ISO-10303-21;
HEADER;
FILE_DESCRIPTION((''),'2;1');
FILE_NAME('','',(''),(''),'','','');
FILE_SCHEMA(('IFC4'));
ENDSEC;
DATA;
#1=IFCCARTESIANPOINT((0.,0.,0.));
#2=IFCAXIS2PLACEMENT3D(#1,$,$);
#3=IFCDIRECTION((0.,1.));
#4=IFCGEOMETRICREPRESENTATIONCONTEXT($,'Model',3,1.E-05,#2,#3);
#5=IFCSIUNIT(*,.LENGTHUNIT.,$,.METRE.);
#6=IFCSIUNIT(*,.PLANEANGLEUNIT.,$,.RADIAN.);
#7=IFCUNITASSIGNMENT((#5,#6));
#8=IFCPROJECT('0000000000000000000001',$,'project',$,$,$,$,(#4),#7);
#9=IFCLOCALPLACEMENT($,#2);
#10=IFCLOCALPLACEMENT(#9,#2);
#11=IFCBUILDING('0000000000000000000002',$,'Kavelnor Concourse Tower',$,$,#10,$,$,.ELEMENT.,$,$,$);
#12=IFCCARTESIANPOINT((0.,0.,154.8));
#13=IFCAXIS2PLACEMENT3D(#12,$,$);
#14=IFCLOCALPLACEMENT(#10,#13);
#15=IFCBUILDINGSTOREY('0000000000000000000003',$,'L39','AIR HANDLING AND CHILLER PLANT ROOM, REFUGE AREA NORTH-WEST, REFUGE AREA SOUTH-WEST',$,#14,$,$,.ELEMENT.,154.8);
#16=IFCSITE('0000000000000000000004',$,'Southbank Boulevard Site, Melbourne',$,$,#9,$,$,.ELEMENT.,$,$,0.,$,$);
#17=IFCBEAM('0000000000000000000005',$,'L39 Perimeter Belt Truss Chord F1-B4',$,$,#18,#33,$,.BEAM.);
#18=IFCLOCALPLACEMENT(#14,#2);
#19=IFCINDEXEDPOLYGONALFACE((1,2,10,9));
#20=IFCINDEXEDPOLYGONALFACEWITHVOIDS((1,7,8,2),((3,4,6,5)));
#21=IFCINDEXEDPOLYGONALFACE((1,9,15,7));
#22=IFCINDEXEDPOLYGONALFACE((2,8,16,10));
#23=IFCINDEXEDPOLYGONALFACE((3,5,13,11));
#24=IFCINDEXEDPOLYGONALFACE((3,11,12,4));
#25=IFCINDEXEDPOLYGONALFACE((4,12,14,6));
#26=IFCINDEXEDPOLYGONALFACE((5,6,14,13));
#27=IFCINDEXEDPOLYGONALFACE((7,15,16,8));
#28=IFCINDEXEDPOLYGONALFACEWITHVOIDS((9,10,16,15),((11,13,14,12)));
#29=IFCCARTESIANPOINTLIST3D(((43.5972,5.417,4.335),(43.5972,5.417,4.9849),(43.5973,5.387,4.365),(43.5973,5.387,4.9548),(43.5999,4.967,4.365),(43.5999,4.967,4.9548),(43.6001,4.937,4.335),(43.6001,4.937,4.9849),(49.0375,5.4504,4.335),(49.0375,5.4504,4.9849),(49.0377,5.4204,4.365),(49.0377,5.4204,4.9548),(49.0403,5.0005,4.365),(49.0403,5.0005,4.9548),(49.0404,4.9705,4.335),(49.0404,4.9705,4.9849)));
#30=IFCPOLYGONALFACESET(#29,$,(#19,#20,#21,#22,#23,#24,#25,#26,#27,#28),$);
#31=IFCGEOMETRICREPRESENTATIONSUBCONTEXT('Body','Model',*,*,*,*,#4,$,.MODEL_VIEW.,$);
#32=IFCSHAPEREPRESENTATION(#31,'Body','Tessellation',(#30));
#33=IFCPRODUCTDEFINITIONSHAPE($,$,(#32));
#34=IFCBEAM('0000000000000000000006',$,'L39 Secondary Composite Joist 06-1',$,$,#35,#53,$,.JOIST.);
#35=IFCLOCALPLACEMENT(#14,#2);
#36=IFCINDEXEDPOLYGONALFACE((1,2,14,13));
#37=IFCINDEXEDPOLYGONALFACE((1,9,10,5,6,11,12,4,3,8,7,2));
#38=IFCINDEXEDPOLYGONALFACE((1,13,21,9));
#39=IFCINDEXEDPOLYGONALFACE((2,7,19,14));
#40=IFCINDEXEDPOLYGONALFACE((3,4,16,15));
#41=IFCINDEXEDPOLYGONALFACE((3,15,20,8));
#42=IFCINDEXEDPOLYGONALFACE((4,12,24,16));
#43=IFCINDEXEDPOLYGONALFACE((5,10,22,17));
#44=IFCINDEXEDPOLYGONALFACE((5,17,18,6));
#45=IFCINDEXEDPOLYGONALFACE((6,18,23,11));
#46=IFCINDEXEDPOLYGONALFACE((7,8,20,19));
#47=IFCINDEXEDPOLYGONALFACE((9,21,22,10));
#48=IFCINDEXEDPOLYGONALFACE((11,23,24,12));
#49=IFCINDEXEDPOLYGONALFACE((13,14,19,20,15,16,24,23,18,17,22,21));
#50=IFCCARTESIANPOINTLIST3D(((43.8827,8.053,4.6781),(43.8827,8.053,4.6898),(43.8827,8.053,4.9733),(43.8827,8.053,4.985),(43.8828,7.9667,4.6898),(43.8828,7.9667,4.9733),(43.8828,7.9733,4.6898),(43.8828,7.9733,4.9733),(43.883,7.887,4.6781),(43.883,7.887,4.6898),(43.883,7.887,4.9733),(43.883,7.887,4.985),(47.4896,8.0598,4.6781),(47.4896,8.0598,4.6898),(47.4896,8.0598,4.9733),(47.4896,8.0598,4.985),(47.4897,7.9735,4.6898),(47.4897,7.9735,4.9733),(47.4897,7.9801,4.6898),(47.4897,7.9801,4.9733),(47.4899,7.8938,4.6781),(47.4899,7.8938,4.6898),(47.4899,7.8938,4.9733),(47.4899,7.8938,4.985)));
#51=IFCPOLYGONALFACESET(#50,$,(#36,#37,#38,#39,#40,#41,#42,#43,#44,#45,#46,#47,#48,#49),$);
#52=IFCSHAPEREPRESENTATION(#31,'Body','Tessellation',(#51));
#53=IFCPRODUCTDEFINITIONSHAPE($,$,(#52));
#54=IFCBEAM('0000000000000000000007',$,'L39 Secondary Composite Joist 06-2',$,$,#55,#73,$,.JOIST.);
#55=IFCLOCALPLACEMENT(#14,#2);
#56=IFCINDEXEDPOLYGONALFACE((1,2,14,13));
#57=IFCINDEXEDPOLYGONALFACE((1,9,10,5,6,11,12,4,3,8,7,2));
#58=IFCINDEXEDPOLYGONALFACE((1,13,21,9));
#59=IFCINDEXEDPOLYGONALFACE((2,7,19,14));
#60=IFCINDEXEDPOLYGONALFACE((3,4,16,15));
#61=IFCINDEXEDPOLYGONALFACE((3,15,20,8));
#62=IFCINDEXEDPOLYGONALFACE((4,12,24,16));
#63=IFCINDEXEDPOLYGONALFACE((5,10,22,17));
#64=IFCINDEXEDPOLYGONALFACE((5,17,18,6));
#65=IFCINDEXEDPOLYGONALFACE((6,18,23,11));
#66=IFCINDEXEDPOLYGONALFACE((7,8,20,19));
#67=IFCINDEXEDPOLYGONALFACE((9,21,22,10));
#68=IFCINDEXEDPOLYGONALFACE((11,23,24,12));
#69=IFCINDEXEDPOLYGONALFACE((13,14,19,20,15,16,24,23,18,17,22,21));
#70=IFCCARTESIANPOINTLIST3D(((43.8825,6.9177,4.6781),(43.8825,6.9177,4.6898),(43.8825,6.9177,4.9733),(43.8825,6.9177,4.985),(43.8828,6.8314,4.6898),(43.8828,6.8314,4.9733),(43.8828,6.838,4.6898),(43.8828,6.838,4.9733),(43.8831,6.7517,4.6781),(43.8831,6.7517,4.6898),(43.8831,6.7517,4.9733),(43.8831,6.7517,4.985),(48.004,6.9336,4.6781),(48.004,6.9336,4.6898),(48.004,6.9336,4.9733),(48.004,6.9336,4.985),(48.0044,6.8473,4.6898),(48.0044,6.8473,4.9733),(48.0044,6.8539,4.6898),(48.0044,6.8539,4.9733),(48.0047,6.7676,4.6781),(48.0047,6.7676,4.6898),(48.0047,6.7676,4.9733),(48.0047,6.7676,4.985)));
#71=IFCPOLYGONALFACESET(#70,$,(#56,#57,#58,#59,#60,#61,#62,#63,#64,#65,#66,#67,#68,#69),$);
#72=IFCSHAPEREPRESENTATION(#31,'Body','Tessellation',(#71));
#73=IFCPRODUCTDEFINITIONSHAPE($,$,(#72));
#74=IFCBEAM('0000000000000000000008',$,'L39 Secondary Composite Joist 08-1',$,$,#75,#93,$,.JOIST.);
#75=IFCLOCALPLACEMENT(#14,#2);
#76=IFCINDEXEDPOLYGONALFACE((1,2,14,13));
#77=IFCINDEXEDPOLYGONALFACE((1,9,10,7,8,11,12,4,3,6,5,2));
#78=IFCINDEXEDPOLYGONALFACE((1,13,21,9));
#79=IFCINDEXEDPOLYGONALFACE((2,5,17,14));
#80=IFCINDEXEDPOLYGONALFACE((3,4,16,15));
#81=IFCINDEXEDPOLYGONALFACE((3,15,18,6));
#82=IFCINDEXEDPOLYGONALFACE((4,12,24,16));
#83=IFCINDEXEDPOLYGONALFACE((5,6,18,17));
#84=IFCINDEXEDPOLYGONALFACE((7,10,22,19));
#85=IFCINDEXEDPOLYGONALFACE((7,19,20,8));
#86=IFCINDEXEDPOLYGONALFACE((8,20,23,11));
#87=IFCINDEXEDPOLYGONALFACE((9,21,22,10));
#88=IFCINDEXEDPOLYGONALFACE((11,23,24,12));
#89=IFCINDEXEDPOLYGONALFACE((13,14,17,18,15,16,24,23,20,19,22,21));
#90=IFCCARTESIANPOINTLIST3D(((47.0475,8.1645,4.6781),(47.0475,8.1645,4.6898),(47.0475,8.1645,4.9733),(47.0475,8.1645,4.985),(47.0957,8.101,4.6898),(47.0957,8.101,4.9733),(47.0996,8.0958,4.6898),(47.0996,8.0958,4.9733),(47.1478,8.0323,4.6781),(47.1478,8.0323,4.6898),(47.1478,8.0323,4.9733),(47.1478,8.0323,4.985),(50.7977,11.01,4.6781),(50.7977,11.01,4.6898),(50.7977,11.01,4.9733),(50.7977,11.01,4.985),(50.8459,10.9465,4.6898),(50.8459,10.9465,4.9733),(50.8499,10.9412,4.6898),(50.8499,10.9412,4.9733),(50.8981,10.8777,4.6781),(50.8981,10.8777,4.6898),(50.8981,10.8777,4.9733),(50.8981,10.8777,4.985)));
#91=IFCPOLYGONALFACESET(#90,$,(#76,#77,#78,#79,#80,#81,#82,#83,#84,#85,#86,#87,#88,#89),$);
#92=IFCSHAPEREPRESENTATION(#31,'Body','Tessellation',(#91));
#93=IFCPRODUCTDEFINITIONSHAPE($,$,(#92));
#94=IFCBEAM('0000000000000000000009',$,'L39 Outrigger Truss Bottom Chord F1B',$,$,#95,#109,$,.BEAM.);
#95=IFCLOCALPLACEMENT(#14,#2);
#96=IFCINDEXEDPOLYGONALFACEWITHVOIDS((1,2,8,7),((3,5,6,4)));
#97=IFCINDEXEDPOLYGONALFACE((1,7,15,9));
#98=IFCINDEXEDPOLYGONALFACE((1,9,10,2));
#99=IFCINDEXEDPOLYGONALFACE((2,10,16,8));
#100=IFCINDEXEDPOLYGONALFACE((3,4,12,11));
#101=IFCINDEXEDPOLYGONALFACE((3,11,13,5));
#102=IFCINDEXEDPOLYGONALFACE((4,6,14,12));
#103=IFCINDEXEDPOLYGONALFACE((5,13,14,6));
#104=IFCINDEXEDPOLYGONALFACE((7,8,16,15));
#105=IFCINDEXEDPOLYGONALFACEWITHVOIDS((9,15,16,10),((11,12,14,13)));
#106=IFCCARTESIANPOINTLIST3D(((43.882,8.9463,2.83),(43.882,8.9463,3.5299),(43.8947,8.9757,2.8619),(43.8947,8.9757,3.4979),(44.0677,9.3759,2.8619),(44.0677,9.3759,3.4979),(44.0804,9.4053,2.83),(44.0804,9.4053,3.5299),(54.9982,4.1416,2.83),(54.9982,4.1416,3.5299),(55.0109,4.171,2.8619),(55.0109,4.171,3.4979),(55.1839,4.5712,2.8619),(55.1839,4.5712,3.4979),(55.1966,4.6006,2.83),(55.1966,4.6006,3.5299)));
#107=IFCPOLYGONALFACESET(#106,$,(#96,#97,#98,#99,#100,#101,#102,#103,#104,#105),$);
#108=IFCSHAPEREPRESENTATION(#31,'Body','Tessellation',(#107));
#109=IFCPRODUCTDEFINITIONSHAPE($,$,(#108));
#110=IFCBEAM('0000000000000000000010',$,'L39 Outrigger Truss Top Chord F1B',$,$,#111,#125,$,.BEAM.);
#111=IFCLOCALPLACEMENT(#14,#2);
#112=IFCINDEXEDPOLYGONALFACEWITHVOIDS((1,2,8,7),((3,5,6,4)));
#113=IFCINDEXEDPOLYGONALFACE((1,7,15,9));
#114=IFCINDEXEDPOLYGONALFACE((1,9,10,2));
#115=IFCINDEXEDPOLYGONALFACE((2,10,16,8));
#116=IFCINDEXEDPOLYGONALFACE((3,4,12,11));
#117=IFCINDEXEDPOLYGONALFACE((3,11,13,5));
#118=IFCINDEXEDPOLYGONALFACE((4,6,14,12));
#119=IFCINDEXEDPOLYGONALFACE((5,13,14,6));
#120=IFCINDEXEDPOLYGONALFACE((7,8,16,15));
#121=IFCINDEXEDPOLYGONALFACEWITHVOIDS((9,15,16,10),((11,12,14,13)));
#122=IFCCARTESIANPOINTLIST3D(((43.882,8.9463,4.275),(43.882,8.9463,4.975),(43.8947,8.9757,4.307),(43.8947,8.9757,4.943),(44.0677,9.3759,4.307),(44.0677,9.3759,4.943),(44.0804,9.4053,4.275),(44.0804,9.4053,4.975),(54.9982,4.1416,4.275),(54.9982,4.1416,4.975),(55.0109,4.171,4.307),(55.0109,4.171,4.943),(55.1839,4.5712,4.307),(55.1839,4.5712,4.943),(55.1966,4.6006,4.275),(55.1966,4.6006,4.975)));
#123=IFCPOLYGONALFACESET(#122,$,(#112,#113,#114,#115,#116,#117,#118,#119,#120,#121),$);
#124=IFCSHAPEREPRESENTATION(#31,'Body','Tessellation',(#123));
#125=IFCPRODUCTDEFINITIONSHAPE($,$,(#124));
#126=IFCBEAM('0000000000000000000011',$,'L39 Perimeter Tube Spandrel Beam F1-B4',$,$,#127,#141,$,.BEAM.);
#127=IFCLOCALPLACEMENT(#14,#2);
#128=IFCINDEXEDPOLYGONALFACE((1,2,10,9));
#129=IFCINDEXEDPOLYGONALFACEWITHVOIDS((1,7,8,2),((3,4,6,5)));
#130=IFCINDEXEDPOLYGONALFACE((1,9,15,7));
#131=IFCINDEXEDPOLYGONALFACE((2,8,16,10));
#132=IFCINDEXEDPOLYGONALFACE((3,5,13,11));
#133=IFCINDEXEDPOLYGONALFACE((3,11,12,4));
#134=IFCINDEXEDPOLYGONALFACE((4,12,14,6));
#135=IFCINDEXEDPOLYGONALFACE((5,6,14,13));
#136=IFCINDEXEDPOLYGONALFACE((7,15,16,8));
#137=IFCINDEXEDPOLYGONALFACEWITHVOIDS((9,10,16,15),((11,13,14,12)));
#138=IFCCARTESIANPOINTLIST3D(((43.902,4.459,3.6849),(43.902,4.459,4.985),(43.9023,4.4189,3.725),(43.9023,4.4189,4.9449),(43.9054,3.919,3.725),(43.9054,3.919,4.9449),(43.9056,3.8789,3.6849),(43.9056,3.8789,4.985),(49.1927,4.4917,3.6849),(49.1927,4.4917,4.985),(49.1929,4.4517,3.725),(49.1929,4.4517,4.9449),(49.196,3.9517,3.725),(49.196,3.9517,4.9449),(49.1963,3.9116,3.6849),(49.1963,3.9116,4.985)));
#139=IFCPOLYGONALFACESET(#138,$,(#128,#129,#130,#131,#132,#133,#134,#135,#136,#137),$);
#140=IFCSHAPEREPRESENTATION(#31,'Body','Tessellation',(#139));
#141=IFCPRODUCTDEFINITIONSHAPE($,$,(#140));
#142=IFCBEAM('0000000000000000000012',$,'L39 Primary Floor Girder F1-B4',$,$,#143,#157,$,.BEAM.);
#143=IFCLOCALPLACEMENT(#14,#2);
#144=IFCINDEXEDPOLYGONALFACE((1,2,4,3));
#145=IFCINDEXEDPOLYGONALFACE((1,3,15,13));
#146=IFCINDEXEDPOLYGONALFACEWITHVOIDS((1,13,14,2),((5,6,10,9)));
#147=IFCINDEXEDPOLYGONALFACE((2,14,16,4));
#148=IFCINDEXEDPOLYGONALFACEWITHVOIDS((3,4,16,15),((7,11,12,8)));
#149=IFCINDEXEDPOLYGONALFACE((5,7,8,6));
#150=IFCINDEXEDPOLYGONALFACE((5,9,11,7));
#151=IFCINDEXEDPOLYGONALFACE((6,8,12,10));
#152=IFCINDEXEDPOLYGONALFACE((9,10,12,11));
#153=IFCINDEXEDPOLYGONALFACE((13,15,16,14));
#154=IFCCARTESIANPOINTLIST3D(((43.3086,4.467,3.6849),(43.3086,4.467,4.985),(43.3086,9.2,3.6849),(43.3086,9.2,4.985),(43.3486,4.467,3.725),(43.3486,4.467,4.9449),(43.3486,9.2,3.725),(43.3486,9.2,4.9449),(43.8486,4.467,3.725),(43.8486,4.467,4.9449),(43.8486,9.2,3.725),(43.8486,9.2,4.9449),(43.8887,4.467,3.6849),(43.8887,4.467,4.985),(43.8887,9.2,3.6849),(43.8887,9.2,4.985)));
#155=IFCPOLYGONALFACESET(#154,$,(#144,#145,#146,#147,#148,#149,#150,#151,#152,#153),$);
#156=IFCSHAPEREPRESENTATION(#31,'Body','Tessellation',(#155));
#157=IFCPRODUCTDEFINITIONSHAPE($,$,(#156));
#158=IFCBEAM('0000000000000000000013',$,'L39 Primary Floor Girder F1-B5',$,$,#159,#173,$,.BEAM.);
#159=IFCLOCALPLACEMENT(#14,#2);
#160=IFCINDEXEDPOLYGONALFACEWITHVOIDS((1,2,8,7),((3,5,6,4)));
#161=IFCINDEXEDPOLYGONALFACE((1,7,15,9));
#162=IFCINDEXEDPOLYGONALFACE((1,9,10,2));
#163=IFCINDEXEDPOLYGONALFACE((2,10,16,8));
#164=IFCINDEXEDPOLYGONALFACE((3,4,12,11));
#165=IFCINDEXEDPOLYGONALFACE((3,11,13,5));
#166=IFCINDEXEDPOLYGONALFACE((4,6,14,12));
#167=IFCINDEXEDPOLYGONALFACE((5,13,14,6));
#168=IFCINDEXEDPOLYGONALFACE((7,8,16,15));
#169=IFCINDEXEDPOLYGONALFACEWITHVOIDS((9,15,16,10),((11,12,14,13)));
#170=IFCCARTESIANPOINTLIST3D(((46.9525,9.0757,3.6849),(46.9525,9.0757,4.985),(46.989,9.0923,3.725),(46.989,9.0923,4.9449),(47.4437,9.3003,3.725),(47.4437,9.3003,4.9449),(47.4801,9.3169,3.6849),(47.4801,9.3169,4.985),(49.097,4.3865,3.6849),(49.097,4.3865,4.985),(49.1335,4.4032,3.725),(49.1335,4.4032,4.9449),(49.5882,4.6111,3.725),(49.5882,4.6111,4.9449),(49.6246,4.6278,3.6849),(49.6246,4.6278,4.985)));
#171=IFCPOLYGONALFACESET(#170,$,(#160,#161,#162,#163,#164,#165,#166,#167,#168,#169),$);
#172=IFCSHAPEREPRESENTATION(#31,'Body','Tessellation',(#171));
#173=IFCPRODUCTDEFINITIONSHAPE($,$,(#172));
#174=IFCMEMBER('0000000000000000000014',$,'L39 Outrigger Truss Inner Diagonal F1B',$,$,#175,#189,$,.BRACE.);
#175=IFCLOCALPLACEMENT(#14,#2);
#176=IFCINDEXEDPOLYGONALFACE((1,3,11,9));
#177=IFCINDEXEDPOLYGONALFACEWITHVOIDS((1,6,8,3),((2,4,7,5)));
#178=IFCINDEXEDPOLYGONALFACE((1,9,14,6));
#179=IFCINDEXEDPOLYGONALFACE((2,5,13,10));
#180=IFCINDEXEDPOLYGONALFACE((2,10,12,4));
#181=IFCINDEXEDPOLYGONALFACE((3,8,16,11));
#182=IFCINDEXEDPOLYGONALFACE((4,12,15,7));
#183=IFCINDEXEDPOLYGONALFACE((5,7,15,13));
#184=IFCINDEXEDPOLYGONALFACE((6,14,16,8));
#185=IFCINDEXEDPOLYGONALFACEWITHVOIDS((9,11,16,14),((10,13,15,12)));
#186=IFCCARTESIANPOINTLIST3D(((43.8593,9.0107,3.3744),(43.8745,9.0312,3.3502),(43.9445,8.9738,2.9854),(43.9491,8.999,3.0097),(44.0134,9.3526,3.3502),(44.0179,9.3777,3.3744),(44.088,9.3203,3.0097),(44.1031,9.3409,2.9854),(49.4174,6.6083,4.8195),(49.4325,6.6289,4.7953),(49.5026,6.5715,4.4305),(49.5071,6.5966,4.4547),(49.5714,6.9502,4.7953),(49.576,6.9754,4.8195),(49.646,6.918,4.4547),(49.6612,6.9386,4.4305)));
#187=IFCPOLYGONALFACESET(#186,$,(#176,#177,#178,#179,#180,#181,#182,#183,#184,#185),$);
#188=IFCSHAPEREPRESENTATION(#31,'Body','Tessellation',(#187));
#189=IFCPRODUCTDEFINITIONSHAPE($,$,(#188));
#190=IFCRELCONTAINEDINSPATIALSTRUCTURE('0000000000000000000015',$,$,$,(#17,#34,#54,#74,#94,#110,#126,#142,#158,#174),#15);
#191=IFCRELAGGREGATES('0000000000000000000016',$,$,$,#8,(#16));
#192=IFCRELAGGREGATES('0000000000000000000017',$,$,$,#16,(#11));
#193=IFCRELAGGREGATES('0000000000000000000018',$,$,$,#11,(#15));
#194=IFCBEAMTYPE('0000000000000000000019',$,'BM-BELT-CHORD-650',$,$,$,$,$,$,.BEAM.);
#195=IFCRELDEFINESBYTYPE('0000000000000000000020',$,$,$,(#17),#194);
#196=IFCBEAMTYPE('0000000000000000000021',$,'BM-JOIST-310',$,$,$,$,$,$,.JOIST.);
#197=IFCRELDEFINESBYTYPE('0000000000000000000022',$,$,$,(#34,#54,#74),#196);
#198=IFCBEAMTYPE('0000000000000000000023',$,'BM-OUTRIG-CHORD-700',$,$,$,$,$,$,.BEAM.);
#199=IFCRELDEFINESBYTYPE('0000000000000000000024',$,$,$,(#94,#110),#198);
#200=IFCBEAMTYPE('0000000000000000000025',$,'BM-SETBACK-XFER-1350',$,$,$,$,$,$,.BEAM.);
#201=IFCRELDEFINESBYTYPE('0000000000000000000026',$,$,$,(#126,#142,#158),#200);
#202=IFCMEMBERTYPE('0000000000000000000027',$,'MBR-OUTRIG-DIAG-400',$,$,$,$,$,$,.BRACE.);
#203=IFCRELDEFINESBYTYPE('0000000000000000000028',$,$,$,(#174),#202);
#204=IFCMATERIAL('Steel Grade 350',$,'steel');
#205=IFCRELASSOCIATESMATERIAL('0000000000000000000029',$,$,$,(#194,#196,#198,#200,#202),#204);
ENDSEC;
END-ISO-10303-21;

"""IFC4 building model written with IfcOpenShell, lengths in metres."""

from ifc_helpers import new_model, si_unit, direction, frame, origin, origin_2d, place, context, subcontext, project, spatial, hollow_rectangle, i_section, extrude, material, material_profile, profile_set, type_object, element, save


model = new_model("IFC4")

# Units and contexts
model_context = context("Model", 3, precision=1e-05, world=origin(), true_north=direction((0.0, 1.0)))
body_context = subcontext(model_context, "Body", "Model", "MODEL_VIEW")
ifc_project = project(units=[si_unit("LENGTHUNIT", "METRE"), si_unit("PLANEANGLEUNIT", "RADIAN")], contexts=[model_context])

# Site, building, storey
site_placement = place(None, origin())
site = spatial("IfcSite", under=ifc_project, at=site_placement, Name="Southbank Boulevard Site, Melbourne", CompositionType="ELEMENT", RefElevation=0.0)
building_placement = place(site_placement, origin())
building = spatial("IfcBuilding", under=site, at=building_placement, Name="Kavelnor Concourse Tower", CompositionType="ELEMENT")
storey_placement = place(building_placement, frame((0.0, 0.0, 154.8)))
storey = spatial("IfcBuildingStorey", under=building, at=storey_placement, Name="L39", Description="AIR HANDLING AND CHILLER PLANT ROOM, REFUGE AREA NORTH-WEST, REFUGE AREA SOUTH-WEST", CompositionType="ELEMENT", Elevation=154.8)

# Beams
ifc_material_1 = material(Name="Steel Grade 350", Category="steel")
ifc_material_profile_1 = material_profile(ifc_material_1, hollow_rectangle(XDim=0.48, YDim=0.6499, WallThickness=0.03, at=origin_2d()), Name="RHS 650x480x30")
ifc_profile_set_1 = profile_set([ifc_material_profile_1], Name="Steel Grade 350")
beam_type_1 = type_object("IfcBeamType", Name="BM-BELT-CHORD-650", PredefinedType="BEAM", material=ifc_profile_set_1)
beam_1_placement = place(storey_placement, frame((43.5986, 5.177, 4.6599), z_axis=(0.999981, 0.006148, 0.0), x_axis=(-0.006148, 0.999981, 0.0)))
element("IfcBeam", 1, at=beam_1_placement, inside=storey, type_object=beam_type_1, Name="L39 Perimeter Belt Truss Chord F1-B4", PredefinedType="BEAM", context=body_context, shape_type="SweptSolid", body=[
    extrude(hollow_rectangle(XDim=0.48, YDim=0.6499, WallThickness=0.03, at=origin_2d()), origin(), (0.0, 0.0, 1.0), 5.4404),
])
ifc_material_profile_2 = material_profile(ifc_material_1, i_section(OverallWidth=0.166, OverallDepth=0.3069, WebThickness=0.0066, FlangeThickness=0.0117, at=origin_2d()), Name="310UB46")
ifc_profile_set_2 = profile_set([ifc_material_profile_2], Name="Steel Grade 350")
beam_type_2 = type_object("IfcBeamType", Name="BM-JOIST-310", PredefinedType="JOIST", material=ifc_profile_set_2)
beam_2_placement = place(storey_placement, frame((43.8828, 7.97, 4.8315), z_axis=(0.999998, 0.001895, 0.0), x_axis=(-0.001895, 0.999998, 0.0)))
element("IfcBeam", 2, at=beam_2_placement, inside=storey, type_object=beam_type_2, Name="L39 Secondary Composite Joist 06-1", PredefinedType="JOIST", context=body_context, shape_type="SweptSolid", body=[
    extrude(i_section(OverallWidth=0.166, OverallDepth=0.3069, WebThickness=0.0066, FlangeThickness=0.0117, at=origin_2d()), origin(), (0.0, 0.0, 1.0), 3.6069),
])
beam_3_placement = place(storey_placement, frame((43.8828, 6.8347, 4.8315), z_axis=(0.999993, 0.00385, 0.0), x_axis=(-0.00385, 0.999993, 0.0)))
element("IfcBeam", 3, at=beam_3_placement, inside=storey, type_object=beam_type_2, Name="L39 Secondary Composite Joist 06-2", PredefinedType="JOIST", context=body_context, shape_type="SweptSolid", body=[
    extrude(i_section(OverallWidth=0.166, OverallDepth=0.3069, WebThickness=0.0066, FlangeThickness=0.0117, at=origin_2d()), origin(), (0.0, 0.0, 1.0), 4.1216),
])
beam_4_placement = place(storey_placement, frame((47.0977, 8.0984, 4.8315), z_axis=(0.796646, 0.604447, 0.0), x_axis=(-0.604447, 0.796646, 0.0)))
element("IfcBeam", 4, at=beam_4_placement, inside=storey, type_object=beam_type_2, Name="L39 Secondary Composite Joist 08-1", PredefinedType="JOIST", context=body_context, shape_type="SweptSolid", body=[
    extrude(i_section(OverallWidth=0.166, OverallDepth=0.3069, WebThickness=0.0066, FlangeThickness=0.0117, at=origin_2d()), origin(), (0.0, 0.0, 1.0), 4.7075),
])
ifc_material_profile_3 = material_profile(ifc_material_1, hollow_rectangle(XDim=0.5, YDim=0.7, WallThickness=0.032, at=origin_2d()), Name="RHS 700x500x32")
ifc_profile_set_3 = profile_set([ifc_material_profile_3], Name="Steel Grade 350")
beam_type_3 = type_object("IfcBeamType", Name="BM-OUTRIG-CHORD-700", PredefinedType="BEAM", material=ifc_profile_set_3)
for number, where, z_axis, x_axis, name in (
    (5, (43.9812, 9.1758, 3.1799), (0.917927, -0.39675, 0.0), (0.39675, 0.917927, 0.0), "L39 Outrigger Truss Bottom Chord F1B"),
    (6, (43.9812, 9.1758, 4.625), (0.917927, -0.39675, 0.0), (0.39675, 0.917927, 0.0), "L39 Outrigger Truss Top Chord F1B"),
):
    element("IfcBeam", number, at=place(storey_placement, frame(where, z_axis=z_axis, x_axis=x_axis)), inside=storey, type_object=beam_type_3, Name=name, PredefinedType="BEAM", context=body_context, shape_type="SweptSolid", body=[
        extrude(hollow_rectangle(XDim=0.5, YDim=0.7, WallThickness=0.032, at=origin_2d()), origin(), (0.0, 0.0, 1.0), 12.1101),
    ])
ifc_material_profile_4 = material_profile(ifc_material_1, hollow_rectangle(XDim=0.5801, YDim=1.3, WallThickness=0.04, at=origin_2d()), Name="RHS 1300x580x40")
ifc_profile_set_4 = profile_set([ifc_material_profile_4], Name="Steel Grade 350")
beam_type_4 = type_object("IfcBeamType", Name="BM-SETBACK-XFER-1350", PredefinedType="BEAM", material=ifc_profile_set_4)
beam_5_placement = place(storey_placement, frame((43.9038, 4.1689, 4.335), z_axis=(0.999981, 0.006183, 0.0), x_axis=(-0.006183, 0.999981, 0.0)))
element("IfcBeam", 7, at=beam_5_placement, inside=storey, type_object=beam_type_4, Name="L39 Perimeter Tube Spandrel Beam F1-B4", PredefinedType="BEAM", context=body_context, shape_type="SweptSolid", body=[
    extrude(hollow_rectangle(XDim=0.5801, YDim=1.3, WallThickness=0.04, at=origin_2d()), origin(), (0.0, 0.0, 1.0), 5.2908),
])
beam_6_placement = place(storey_placement, frame((43.5986, 9.2, 4.335), z_axis=(0.0, -1.0, 0.0), x_axis=(1.0, 0.0, 0.0)))
element("IfcBeam", 8, at=beam_6_placement, inside=storey, type_object=beam_type_4, Name="L39 Primary Floor Girder F1-B4", PredefinedType="BEAM", context=body_context, shape_type="SweptSolid", body=[
    extrude(hollow_rectangle(XDim=0.5801, YDim=1.3, WallThickness=0.04, at=origin_2d()), origin(), (0.0, 0.0, 1.0), 4.7329),
])
beam_7_placement = place(storey_placement, frame((47.2163, 9.1963, 4.335), z_axis=(0.415903, -0.909409, 0.0), x_axis=(0.909409, 0.415903, 0.0)))
element("IfcBeam", 9, at=beam_7_placement, inside=storey, type_object=beam_type_4, Name="L39 Primary Floor Girder F1-B5", PredefinedType="BEAM", context=body_context, shape_type="SweptSolid", body=[
    extrude(hollow_rectangle(XDim=0.5801, YDim=1.3, WallThickness=0.04, at=origin_2d()), origin(), (0.0, 0.0, 1.0), 5.1562),
])

# Member
ifc_material_profile_5 = material_profile(ifc_material_1, hollow_rectangle(XDim=0.3999, YDim=0.3999, WallThickness=0.0249, at=origin_2d()), Name="SHS 400x400x25")
ifc_profile_set_5 = profile_set([ifc_material_profile_5], Name="Steel Grade 350")
member_type = type_object("IfcMemberType", Name="MBR-OUTRIG-DIAG-400", PredefinedType="BRACE", material=ifc_profile_set_5)
member_placement = place(storey_placement, frame((43.9812, 9.1758, 3.1799), z_axis=(0.892852, -0.385912, 0.232135), x_axis=(0.39675, 0.917927, 0.0)))
element("IfcMember", 10, at=member_placement, inside=storey, type_object=member_type, Name="L39 Outrigger Truss Inner Diagonal F1B", PredefinedType="BRACE", context=body_context, shape_type="SweptSolid", body=[
    extrude(hollow_rectangle(XDim=0.3999, YDim=0.3999, WallThickness=0.0249, at=origin_2d()), origin(), (0.0, 0.0, 1.0), 6.2251),
])

save(model, "model.ifc")
